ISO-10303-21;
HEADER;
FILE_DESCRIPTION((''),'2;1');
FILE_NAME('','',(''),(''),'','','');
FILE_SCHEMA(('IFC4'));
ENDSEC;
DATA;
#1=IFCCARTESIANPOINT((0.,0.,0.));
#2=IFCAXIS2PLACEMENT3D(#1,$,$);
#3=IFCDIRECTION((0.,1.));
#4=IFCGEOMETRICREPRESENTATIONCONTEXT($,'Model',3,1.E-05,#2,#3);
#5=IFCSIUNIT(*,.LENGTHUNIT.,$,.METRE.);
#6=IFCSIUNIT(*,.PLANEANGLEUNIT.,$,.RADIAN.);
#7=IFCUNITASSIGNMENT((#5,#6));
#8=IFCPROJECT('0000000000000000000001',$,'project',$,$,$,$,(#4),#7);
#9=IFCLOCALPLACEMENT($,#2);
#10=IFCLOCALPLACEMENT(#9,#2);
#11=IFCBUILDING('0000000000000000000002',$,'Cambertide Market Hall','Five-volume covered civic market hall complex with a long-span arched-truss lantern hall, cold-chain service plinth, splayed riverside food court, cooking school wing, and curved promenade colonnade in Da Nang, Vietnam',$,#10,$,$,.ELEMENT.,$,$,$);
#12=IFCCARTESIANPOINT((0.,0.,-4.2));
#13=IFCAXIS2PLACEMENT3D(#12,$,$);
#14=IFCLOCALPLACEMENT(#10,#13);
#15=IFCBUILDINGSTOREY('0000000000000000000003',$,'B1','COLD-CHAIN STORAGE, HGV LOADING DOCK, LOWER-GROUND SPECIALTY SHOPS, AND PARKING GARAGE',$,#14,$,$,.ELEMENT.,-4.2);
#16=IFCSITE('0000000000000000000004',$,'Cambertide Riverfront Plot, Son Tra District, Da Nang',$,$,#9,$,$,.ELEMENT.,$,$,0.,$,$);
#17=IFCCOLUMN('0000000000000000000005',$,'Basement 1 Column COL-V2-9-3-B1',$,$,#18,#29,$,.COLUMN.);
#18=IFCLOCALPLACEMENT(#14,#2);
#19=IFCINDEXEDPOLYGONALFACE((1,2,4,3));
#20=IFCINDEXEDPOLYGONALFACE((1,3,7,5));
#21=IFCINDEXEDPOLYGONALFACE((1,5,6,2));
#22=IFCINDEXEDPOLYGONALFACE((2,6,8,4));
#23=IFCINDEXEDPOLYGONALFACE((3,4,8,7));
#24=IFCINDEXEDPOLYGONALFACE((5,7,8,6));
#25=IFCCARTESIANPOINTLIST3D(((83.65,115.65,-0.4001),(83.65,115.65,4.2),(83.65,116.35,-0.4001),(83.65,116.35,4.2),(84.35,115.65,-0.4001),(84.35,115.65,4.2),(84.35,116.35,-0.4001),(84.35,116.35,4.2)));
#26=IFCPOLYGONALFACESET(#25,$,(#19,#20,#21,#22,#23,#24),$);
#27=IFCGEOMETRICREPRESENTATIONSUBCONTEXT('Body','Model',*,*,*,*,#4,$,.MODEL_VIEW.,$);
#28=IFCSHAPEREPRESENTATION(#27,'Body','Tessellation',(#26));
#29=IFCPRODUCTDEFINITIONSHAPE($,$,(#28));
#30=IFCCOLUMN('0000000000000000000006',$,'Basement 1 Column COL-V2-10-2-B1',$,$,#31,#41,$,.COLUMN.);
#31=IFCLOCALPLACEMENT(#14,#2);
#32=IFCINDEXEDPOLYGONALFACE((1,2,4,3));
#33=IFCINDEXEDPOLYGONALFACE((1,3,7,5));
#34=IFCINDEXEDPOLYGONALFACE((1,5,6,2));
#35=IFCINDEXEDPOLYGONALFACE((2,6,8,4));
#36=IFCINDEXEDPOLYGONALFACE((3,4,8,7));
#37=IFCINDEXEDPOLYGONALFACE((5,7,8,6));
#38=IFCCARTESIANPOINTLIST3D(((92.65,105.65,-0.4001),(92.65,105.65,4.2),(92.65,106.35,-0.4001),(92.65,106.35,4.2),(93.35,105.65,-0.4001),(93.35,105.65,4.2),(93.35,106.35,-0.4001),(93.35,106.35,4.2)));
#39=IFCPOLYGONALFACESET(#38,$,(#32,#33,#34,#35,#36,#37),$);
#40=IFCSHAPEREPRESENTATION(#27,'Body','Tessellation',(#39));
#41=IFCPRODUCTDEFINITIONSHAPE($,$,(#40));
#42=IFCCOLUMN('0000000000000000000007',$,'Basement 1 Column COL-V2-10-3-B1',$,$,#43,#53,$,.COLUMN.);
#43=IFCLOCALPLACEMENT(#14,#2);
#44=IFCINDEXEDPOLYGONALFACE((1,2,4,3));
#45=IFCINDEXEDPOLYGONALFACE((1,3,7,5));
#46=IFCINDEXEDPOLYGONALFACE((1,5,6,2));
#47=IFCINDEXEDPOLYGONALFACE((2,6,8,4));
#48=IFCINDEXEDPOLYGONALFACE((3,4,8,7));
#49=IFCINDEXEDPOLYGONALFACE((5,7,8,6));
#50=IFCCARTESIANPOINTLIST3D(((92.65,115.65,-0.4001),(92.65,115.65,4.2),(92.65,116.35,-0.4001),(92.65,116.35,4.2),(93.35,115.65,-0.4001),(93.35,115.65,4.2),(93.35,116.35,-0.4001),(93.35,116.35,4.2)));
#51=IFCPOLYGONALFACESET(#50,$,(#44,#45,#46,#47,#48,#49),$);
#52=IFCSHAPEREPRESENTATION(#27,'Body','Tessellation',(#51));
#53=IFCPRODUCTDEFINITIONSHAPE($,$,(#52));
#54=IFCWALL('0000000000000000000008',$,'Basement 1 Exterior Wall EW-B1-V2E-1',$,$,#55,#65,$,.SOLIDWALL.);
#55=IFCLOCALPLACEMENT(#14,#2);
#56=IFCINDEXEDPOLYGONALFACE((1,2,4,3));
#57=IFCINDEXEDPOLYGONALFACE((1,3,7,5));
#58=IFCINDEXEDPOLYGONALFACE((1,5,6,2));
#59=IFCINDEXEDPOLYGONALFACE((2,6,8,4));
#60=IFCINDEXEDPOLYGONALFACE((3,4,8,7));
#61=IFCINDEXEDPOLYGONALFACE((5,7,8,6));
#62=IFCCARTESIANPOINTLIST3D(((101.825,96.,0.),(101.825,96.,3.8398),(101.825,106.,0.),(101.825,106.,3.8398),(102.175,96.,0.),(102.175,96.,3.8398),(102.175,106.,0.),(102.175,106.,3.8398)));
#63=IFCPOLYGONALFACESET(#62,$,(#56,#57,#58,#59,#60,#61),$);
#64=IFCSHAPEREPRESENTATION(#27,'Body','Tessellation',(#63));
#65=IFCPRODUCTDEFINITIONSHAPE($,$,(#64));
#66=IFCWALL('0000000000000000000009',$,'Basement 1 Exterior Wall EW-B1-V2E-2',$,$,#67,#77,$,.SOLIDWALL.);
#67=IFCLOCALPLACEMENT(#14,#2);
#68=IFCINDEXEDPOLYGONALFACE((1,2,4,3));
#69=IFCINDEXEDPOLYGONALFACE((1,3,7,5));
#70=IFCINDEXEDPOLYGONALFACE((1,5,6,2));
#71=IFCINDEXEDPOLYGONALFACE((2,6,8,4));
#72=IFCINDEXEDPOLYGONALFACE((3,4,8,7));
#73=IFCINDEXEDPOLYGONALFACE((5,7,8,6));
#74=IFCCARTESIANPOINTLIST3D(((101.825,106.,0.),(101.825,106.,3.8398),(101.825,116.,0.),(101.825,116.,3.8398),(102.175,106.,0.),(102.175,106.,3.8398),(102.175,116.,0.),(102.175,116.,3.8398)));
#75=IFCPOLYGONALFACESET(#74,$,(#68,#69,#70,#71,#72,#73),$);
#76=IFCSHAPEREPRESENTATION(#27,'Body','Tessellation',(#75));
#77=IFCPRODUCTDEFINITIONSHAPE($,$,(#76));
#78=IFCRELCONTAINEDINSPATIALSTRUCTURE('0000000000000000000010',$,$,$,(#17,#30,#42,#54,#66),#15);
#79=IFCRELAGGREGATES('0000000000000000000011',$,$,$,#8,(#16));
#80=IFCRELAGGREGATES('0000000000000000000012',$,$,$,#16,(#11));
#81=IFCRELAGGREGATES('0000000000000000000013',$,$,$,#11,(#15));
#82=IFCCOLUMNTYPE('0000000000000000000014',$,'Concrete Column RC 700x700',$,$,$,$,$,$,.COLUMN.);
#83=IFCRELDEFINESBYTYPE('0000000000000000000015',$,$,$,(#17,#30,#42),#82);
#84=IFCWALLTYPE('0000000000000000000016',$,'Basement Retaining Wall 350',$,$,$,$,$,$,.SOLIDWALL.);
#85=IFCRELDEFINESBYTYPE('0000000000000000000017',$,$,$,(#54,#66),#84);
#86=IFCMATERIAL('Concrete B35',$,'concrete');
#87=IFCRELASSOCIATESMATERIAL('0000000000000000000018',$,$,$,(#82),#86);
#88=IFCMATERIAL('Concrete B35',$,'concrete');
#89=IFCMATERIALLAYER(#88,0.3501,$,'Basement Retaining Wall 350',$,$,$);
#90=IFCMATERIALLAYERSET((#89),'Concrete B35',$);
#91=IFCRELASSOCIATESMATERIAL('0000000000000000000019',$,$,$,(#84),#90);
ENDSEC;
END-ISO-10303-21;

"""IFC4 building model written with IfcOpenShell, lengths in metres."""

from ifc_helpers import new_model, si_unit, direction, frame, frame_2d, origin, origin_2d, place, context, subcontext, project, spatial, rectangle, extrude, material, layer, layer_set, material_profile, profile_set, type_object, element, save


model = new_model("IFC4")

# Units and contexts
model_context = context("Model", 3, precision=1e-05, world=origin(), true_north=direction((0.0, 1.0)))
body_context = subcontext(model_context, "Body", "Model", "MODEL_VIEW")
ifc_project = project(units=[si_unit("LENGTHUNIT", "METRE"), si_unit("PLANEANGLEUNIT", "RADIAN")], contexts=[model_context])

# Site, building, storey
site_placement = place(None, origin())
site = spatial("IfcSite", under=ifc_project, at=site_placement, Name="Cambertide Riverfront Plot, Son Tra District, Da Nang", CompositionType="ELEMENT", RefElevation=0.0)
building_placement = place(site_placement, origin())
building = spatial("IfcBuilding", under=site, at=building_placement, Name="Cambertide Market Hall", Description="Five-volume covered civic market hall complex with a long-span arched-truss lantern hall, cold-chain service plinth, splayed riverside food court, cooking school wing, and curved promenade colonnade in Da Nang, Vietnam", CompositionType="ELEMENT")
storey_placement = place(building_placement, frame((0.0, 0.0, -4.2)))
storey = spatial("IfcBuildingStorey", under=building, at=storey_placement, Name="B1", Description="COLD-CHAIN STORAGE, HGV LOADING DOCK, LOWER-GROUND SPECIALTY SHOPS, AND PARKING GARAGE", CompositionType="ELEMENT", Elevation=-4.2)

# Columns
ifc_material_1 = material(Name="Concrete B35", Category="concrete")
ifc_material_profile_1 = material_profile(ifc_material_1, rectangle(XDim=0.7, YDim=0.7, at=origin_2d()), Name="RC 700x700")
ifc_profile_set_1 = profile_set([ifc_material_profile_1], Name="Concrete B35")
column_type_1 = type_object("IfcColumnType", Name="Concrete Column RC 700x700", PredefinedType="COLUMN", material=ifc_profile_set_1)
for number, where, z_axis, x_axis, name in (
    (1, (84.0, 116.0, -0.4001), (0.0, 0.0, 1.0), (1.0, 0.0, 0.0), "Basement 1 Column COL-V2-9-3-B1"),
    (2, (93.0, 106.0, -0.4001), (0.0, 0.0, 1.0), (1.0, 0.0, 0.0), "Basement 1 Column COL-V2-10-2-B1"),
    (3, (93.0, 116.0, -0.4001), (0.0, 0.0, 1.0), (1.0, 0.0, 0.0), "Basement 1 Column COL-V2-10-3-B1"),
):
    element("IfcColumn", number, at=place(storey_placement, frame(where, z_axis=z_axis, x_axis=x_axis)), inside=storey, type_object=column_type_1, Name=name, PredefinedType="COLUMN", context=body_context, shape_type="SweptSolid", body=[
        extrude(rectangle(XDim=0.7, YDim=0.7, at=origin_2d()), origin(), (0.0, 0.0, 1.0), 4.6001),
    ])

# Walls
ifc_material_2 = material(Name="Concrete B35", Category="concrete")
ifc_layer = layer(ifc_material_2, 0.3501, Name="Basement Retaining Wall 350")
ifc_layer_set = layer_set([ifc_layer], Name="Concrete B35")
wall_type = type_object("IfcWallType", Name="Basement Retaining Wall 350", PredefinedType="SOLIDWALL", material=ifc_layer_set)
for number, where, z_axis, x_axis, name in (
    (4, (102.0, 106.0, 0.0), (0.0, 0.0, 1.0), (0.0, -1.0, 0.0), "Basement 1 Exterior Wall EW-B1-V2E-1"),
    (5, (102.0, 116.0, 0.0), (0.0, 0.0, 1.0), (0.0, -1.0, 0.0), "Basement 1 Exterior Wall EW-B1-V2E-2"),
):
    element("IfcWall", number, at=place(storey_placement, frame(where, z_axis=z_axis, x_axis=x_axis)), inside=storey, type_object=wall_type, Name=name, PredefinedType="SOLIDWALL", context=body_context, shape_type="SweptSolid", body=[
        extrude(rectangle(XDim=10.0, YDim=0.3501, at=frame_2d((5.0, 0.0))), origin(), (0.0, 0.0, 1.0), 3.8398),
    ])

save(model, "model.ifc")
